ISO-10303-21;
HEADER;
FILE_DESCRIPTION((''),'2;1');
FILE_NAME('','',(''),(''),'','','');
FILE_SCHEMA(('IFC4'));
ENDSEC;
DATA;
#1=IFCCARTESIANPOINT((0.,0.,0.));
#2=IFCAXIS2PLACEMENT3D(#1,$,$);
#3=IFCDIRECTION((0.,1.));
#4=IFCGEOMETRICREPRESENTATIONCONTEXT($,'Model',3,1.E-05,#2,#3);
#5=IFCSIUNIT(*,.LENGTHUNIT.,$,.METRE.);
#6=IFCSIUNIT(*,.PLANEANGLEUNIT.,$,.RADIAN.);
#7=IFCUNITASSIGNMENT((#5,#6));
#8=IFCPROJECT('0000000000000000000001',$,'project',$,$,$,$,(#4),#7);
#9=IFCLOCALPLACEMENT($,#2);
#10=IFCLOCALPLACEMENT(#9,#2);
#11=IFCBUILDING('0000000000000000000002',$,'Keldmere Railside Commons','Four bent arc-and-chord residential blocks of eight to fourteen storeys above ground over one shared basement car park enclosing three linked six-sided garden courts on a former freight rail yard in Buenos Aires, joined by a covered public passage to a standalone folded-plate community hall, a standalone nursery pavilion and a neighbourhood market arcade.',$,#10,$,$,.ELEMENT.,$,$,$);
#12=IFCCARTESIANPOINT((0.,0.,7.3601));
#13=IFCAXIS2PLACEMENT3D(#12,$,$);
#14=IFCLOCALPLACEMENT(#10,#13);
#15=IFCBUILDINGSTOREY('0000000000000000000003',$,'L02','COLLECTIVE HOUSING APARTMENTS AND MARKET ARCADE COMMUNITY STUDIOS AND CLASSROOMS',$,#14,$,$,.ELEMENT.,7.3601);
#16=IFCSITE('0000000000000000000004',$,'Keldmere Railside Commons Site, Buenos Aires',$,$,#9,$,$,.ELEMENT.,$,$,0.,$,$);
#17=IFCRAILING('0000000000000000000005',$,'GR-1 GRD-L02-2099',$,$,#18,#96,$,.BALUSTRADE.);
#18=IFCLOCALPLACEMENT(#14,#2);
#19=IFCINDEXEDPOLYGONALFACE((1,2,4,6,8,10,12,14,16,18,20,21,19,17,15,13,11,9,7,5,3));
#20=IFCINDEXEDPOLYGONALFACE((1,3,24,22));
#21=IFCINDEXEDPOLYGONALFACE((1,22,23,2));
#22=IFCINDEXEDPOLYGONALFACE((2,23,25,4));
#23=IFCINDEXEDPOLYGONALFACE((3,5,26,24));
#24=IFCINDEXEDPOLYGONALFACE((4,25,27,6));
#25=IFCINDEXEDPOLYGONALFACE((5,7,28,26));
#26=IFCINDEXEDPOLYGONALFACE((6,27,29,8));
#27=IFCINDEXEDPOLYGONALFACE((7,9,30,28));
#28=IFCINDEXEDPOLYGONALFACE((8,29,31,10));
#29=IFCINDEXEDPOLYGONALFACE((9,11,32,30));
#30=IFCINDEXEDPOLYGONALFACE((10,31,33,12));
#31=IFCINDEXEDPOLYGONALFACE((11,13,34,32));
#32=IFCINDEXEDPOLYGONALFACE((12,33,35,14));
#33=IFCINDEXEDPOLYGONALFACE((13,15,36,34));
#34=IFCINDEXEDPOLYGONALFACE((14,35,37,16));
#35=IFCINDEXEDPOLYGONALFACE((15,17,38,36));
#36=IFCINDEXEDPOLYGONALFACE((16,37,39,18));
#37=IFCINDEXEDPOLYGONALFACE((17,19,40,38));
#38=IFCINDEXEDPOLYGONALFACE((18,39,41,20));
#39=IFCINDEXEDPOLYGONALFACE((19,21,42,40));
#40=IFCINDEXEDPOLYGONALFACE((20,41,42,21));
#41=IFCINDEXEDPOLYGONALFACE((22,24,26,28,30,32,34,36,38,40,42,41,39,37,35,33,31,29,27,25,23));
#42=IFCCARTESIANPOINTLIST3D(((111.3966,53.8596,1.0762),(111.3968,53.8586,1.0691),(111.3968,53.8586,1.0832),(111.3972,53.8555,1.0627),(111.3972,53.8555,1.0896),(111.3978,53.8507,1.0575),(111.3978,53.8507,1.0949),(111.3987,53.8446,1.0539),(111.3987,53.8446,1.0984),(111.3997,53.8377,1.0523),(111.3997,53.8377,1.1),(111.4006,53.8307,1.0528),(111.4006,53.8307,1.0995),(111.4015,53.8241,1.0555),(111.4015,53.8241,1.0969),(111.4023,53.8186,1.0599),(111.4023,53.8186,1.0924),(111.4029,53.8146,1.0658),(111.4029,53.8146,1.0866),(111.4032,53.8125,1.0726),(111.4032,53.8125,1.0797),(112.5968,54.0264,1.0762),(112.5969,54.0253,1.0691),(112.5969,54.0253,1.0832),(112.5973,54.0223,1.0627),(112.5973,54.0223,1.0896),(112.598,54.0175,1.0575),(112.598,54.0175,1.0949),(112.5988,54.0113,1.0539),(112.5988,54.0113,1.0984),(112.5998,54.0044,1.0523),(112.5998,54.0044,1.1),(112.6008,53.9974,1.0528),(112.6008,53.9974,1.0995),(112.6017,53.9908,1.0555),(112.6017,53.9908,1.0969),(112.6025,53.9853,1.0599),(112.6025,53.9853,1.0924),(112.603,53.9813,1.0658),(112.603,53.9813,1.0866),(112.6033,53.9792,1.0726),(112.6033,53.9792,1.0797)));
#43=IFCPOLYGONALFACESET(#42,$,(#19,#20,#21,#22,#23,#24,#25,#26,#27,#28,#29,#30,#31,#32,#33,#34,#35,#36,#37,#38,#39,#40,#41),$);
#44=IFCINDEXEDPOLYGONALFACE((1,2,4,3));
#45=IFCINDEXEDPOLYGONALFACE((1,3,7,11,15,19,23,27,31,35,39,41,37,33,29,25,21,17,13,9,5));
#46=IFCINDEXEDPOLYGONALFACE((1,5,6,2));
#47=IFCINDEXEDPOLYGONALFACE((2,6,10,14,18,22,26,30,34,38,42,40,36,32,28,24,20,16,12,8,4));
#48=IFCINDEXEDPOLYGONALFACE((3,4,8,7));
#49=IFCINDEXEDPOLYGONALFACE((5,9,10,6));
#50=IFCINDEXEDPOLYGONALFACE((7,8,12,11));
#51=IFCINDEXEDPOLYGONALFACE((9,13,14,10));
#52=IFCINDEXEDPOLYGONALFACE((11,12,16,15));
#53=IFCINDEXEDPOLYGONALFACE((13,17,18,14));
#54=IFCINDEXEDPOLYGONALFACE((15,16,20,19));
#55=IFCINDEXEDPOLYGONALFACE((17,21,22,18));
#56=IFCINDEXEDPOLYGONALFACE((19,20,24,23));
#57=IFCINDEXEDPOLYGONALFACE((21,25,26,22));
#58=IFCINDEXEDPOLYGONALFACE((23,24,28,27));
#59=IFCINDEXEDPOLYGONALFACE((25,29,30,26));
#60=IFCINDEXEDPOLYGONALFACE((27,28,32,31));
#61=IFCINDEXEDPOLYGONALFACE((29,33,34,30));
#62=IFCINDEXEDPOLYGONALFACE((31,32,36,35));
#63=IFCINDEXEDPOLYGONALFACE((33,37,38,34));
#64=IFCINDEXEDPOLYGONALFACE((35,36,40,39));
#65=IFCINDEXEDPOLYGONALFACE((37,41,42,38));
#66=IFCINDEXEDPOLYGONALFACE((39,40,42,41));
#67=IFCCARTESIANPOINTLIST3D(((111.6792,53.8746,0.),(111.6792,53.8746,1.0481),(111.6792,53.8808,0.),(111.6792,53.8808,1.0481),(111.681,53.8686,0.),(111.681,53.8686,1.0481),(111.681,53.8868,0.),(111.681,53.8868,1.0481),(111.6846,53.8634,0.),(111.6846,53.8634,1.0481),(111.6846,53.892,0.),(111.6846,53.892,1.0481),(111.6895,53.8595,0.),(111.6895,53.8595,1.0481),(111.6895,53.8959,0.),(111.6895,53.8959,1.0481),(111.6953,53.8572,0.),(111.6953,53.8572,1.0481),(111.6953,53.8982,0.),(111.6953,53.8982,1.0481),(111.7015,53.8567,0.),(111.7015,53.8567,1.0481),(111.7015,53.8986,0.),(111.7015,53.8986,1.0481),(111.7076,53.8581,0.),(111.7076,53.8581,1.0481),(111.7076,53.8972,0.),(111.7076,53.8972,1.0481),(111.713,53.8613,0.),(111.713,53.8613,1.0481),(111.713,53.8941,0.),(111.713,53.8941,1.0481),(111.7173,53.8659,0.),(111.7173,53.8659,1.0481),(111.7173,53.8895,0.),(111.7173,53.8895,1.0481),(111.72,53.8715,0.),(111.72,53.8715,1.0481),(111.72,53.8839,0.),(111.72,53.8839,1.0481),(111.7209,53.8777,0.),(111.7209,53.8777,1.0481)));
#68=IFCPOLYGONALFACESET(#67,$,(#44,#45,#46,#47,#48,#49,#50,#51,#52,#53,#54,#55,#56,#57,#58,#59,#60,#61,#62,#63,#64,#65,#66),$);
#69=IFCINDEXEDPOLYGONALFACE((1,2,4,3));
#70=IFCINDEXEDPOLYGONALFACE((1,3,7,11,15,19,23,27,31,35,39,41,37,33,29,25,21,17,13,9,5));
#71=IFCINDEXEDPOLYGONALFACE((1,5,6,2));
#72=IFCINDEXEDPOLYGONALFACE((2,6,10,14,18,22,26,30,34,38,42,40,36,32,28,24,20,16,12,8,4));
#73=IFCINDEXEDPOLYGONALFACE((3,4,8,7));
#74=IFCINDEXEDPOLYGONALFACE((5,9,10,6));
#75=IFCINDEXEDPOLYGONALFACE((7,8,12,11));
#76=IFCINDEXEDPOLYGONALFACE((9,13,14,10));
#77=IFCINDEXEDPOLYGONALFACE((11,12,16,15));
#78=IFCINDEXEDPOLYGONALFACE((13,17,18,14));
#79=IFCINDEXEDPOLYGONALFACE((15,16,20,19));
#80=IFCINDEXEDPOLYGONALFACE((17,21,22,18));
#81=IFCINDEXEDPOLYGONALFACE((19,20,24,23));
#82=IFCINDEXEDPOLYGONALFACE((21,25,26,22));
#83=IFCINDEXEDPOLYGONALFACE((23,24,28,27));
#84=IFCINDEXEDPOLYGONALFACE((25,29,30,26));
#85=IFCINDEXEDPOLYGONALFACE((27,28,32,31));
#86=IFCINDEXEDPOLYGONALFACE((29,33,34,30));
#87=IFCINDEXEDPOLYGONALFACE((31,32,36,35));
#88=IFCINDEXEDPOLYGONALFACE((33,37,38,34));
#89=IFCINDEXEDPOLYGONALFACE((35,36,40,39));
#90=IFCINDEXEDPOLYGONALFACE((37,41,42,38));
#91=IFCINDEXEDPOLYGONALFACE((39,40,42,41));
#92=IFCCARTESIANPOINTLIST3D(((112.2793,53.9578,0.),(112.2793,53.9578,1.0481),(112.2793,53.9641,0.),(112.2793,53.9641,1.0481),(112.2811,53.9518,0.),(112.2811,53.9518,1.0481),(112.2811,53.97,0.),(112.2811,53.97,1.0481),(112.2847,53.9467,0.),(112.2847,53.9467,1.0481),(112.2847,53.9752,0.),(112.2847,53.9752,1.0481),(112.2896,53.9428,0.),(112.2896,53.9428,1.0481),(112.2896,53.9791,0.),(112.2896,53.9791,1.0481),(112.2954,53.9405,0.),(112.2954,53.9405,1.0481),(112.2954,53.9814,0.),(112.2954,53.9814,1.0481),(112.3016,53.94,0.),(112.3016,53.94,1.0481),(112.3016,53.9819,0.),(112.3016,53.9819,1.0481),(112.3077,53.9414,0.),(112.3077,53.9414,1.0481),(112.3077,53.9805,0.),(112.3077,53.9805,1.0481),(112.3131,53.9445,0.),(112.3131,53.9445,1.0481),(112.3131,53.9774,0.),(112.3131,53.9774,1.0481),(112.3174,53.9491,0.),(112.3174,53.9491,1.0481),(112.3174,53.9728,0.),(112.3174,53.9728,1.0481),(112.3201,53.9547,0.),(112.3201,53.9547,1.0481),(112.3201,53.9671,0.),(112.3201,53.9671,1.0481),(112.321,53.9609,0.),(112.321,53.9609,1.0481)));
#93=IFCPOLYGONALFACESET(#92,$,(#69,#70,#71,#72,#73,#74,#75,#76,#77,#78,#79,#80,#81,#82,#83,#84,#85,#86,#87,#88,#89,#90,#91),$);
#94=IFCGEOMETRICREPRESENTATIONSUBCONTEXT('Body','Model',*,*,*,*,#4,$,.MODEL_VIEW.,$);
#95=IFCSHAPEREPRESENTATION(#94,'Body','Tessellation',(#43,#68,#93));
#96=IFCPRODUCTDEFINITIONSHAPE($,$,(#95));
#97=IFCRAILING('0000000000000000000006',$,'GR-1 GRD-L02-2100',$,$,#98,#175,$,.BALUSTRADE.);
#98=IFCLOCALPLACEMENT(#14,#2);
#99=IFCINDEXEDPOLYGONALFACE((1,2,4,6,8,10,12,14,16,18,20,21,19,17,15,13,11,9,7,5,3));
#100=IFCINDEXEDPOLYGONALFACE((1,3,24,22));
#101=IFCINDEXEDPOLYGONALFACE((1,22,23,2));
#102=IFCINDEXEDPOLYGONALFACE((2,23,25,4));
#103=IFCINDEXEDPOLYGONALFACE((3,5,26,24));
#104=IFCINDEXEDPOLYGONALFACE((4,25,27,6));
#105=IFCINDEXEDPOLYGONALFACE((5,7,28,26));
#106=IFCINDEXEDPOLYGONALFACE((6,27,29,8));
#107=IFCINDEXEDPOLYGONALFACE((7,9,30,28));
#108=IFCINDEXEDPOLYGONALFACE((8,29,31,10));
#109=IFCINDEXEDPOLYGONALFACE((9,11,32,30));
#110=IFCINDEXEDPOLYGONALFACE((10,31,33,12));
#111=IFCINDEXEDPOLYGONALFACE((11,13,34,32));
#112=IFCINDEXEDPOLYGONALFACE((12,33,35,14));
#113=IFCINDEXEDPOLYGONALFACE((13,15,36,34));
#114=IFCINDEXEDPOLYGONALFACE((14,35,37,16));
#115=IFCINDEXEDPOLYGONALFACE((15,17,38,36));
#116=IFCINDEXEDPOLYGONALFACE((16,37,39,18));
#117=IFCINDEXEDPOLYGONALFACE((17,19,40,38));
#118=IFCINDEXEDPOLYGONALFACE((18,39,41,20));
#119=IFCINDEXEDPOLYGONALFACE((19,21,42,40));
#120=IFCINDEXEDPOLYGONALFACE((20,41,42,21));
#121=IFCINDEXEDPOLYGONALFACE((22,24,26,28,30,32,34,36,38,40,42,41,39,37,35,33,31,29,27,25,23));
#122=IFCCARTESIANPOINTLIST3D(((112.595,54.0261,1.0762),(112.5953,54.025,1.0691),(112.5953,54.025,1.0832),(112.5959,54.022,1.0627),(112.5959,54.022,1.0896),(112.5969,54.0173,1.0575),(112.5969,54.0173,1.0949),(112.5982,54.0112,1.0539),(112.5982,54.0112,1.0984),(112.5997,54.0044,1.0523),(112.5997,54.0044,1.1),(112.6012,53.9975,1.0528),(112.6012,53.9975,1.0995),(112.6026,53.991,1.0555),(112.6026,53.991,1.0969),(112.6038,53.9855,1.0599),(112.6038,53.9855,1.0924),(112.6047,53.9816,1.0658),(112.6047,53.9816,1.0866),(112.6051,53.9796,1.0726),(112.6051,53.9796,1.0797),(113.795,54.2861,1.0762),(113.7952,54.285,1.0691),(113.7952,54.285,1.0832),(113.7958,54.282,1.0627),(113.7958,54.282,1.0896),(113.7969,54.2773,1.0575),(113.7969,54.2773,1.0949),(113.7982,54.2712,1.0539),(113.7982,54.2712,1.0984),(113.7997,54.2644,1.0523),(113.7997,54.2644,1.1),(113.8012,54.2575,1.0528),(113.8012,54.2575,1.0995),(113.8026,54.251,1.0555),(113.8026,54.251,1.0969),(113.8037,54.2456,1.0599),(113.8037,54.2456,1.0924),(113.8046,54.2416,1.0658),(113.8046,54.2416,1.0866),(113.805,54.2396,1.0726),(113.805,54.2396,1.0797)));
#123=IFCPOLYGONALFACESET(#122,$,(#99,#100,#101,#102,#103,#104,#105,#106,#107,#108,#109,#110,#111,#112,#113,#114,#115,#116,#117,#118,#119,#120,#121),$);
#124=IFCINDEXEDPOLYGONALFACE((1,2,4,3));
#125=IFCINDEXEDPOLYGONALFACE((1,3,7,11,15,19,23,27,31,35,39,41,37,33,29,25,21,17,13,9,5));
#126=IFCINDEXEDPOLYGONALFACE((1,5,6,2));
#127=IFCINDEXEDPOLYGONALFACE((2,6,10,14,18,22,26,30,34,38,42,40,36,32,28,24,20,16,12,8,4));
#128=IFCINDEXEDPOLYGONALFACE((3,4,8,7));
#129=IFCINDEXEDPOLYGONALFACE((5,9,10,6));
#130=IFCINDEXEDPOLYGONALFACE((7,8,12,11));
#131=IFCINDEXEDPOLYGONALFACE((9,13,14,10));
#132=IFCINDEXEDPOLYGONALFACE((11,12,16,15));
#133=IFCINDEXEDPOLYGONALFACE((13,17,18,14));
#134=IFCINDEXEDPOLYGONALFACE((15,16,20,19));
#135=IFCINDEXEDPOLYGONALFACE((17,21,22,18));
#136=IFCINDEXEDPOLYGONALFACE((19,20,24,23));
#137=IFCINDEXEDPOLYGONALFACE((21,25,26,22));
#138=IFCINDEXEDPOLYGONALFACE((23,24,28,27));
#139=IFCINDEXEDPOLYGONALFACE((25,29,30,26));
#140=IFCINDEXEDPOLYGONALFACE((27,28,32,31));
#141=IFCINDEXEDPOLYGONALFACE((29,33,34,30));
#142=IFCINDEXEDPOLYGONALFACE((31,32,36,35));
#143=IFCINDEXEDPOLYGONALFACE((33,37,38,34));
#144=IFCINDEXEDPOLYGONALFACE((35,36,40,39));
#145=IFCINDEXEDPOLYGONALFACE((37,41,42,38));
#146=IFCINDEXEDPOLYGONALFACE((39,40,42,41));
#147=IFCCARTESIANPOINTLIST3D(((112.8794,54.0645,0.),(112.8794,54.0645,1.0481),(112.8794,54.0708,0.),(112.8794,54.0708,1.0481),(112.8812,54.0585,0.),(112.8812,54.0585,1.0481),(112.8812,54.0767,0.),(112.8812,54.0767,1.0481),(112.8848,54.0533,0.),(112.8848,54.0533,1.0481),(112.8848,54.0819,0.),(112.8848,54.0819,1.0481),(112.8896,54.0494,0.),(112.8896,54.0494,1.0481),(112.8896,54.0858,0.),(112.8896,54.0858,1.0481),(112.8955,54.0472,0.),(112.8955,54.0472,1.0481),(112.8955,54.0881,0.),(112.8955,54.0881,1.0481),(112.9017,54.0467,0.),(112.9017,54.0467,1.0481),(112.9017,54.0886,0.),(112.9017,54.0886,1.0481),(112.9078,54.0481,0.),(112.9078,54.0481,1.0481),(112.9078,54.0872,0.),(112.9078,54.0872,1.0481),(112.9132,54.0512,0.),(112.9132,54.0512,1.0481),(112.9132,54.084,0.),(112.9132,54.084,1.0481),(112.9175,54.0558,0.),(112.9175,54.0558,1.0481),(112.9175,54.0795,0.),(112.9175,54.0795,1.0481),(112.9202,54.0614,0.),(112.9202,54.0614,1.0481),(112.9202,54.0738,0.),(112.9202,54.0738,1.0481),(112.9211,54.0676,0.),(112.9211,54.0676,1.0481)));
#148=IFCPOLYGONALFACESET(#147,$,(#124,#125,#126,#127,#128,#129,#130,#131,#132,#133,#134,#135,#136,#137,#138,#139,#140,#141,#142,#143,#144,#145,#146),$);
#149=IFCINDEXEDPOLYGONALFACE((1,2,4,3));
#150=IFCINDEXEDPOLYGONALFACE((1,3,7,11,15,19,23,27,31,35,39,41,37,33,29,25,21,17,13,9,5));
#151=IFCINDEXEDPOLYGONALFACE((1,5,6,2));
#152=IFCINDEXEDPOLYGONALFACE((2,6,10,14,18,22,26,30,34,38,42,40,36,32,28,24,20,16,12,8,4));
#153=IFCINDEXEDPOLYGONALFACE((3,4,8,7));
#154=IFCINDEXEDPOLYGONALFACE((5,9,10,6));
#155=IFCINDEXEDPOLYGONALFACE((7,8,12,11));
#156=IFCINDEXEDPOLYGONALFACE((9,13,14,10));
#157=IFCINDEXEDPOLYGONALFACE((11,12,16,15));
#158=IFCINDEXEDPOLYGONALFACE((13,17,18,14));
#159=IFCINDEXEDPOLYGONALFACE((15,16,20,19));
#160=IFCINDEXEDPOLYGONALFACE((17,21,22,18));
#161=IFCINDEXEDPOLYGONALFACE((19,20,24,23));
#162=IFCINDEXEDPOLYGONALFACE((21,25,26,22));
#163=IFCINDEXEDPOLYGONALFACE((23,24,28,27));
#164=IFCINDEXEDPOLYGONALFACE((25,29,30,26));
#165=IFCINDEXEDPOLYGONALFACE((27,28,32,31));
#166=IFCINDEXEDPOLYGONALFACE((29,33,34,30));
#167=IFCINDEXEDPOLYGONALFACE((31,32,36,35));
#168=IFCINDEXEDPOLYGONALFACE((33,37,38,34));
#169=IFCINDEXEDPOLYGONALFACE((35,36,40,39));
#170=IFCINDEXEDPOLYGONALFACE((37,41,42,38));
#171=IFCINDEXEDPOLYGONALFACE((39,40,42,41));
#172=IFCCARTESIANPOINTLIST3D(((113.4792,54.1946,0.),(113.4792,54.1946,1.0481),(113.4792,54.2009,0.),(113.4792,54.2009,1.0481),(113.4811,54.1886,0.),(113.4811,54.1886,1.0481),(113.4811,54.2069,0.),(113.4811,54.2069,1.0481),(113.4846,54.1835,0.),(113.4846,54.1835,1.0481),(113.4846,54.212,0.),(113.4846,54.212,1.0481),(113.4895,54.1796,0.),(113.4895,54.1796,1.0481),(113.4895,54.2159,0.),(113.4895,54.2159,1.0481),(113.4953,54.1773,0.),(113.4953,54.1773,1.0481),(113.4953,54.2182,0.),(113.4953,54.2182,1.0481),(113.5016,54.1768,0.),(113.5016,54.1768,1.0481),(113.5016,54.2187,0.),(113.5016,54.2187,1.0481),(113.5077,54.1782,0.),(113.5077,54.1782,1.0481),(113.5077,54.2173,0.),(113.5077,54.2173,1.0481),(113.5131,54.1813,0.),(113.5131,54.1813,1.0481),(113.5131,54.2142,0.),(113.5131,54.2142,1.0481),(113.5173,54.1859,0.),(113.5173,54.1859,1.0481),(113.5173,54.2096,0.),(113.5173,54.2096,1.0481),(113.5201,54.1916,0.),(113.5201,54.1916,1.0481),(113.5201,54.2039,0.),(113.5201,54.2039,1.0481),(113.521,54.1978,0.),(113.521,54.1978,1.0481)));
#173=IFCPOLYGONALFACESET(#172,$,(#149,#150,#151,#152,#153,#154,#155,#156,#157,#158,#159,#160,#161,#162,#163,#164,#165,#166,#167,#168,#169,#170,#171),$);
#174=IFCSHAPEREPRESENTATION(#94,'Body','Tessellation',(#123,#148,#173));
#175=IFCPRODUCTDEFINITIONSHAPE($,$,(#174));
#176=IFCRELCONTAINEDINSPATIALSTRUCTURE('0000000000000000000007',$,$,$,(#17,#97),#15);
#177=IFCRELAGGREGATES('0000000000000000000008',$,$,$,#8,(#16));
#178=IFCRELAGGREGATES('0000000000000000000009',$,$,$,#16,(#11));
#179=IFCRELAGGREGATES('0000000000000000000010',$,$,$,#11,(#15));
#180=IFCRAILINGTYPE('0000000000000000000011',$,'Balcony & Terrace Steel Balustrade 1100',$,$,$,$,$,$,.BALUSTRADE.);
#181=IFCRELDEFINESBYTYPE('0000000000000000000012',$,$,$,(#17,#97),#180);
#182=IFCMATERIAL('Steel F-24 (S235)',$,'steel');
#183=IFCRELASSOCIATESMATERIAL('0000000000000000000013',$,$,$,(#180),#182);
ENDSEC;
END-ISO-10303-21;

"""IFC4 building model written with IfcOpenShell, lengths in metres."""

from ifc_helpers import new_model, si_unit, direction, frame, origin, origin_2d, place, context, subcontext, project, spatial, circle, extrude, material, type_object, element, save


model = new_model("IFC4")

# Units and contexts
model_context = context("Model", 3, precision=1e-05, world=origin(), true_north=direction((0.0, 1.0)))
body_context = subcontext(model_context, "Body", "Model", "MODEL_VIEW")
ifc_project = project(units=[si_unit("LENGTHUNIT", "METRE"), si_unit("PLANEANGLEUNIT", "RADIAN")], contexts=[model_context])

# Site, building, storey
site_placement = place(None, origin())
site = spatial("IfcSite", under=ifc_project, at=site_placement, Name="Keldmere Railside Commons Site, Buenos Aires", CompositionType="ELEMENT", RefElevation=0.0)
building_placement = place(site_placement, origin())
building = spatial("IfcBuilding", under=site, at=building_placement, Name="Keldmere Railside Commons", Description="Four bent arc-and-chord residential blocks of eight to fourteen storeys above ground over one shared basement car park enclosing three linked six-sided garden courts on a former freight rail yard in Buenos Aires, joined by a covered public passage to a standalone folded-plate community hall, a standalone nursery pavilion and a neighbourhood market arcade.", CompositionType="ELEMENT")
storey_placement = place(building_placement, frame((0.0, 0.0, 7.3601)))
storey = spatial("IfcBuildingStorey", under=building, at=storey_placement, Name="L02", Description="COLLECTIVE HOUSING APARTMENTS AND MARKET ARCADE COMMUNITY STUDIOS AND CLASSROOMS", CompositionType="ELEMENT", Elevation=7.3601)

# Shared definitions
ifc_material_1 = material(Name="Steel F-24 (S235)", Category="steel")

# Railings
railing_type = type_object("IfcRailingType", Name="Balcony & Terrace Steel Balustrade 1100", PredefinedType="BALUSTRADE", material=ifc_material_1)
railing_1_placement = place(storey_placement, frame((111.3999, 53.8359, 0.0)))
element("IfcRailing", 1, at=railing_1_placement, inside=storey, type_object=railing_type, Name="GR-1 GRD-L02-2099", PredefinedType="BALUSTRADE", context=body_context, shape_type="SweptSolid", body=[
    extrude(circle(Radius=0.0239, at=origin_2d()), frame((0.0, 0.0, 1.0762), z_axis=(0.990486, 0.137612, 0.0), x_axis=(-0.137612, 0.990486, 0.0)), (0.0, 0.0, 1.0), 1.2117),
    extrude(circle(Radius=0.021, at=origin_2d()), frame((0.3, 0.0417, 0.0)), (0.0, 0.0, 1.0), 1.0481),
    extrude(circle(Radius=0.021, at=origin_2d()), frame((0.9001, 0.125, 0.0)), (0.0, 0.0, 1.0), 1.0481),
])
railing_2_placement = place(storey_placement, frame((112.6001, 54.0027, 0.0)))
element("IfcRailing", 2, at=railing_2_placement, inside=storey, type_object=railing_type, Name="GR-1 GRD-L02-2100", PredefinedType="BALUSTRADE", context=body_context, shape_type="SweptSolid", body=[
    extrude(circle(Radius=0.0239, at=origin_2d()), frame((0.0, 0.0, 1.0762), z_axis=(0.97732, 0.211769, 0.0), x_axis=(-0.211769, 0.97732, 0.0)), (0.0, 0.0, 1.0), 1.2278),
    extrude(circle(Radius=0.021, at=origin_2d()), frame((0.3, 0.0649, 0.0)), (0.0, 0.0, 1.0), 1.0481),
    extrude(circle(Radius=0.021, at=origin_2d()), frame((0.8999, 0.1951, 0.0)), (0.0, 0.0, 1.0), 1.0481),
])

save(model, "model.ifc")
